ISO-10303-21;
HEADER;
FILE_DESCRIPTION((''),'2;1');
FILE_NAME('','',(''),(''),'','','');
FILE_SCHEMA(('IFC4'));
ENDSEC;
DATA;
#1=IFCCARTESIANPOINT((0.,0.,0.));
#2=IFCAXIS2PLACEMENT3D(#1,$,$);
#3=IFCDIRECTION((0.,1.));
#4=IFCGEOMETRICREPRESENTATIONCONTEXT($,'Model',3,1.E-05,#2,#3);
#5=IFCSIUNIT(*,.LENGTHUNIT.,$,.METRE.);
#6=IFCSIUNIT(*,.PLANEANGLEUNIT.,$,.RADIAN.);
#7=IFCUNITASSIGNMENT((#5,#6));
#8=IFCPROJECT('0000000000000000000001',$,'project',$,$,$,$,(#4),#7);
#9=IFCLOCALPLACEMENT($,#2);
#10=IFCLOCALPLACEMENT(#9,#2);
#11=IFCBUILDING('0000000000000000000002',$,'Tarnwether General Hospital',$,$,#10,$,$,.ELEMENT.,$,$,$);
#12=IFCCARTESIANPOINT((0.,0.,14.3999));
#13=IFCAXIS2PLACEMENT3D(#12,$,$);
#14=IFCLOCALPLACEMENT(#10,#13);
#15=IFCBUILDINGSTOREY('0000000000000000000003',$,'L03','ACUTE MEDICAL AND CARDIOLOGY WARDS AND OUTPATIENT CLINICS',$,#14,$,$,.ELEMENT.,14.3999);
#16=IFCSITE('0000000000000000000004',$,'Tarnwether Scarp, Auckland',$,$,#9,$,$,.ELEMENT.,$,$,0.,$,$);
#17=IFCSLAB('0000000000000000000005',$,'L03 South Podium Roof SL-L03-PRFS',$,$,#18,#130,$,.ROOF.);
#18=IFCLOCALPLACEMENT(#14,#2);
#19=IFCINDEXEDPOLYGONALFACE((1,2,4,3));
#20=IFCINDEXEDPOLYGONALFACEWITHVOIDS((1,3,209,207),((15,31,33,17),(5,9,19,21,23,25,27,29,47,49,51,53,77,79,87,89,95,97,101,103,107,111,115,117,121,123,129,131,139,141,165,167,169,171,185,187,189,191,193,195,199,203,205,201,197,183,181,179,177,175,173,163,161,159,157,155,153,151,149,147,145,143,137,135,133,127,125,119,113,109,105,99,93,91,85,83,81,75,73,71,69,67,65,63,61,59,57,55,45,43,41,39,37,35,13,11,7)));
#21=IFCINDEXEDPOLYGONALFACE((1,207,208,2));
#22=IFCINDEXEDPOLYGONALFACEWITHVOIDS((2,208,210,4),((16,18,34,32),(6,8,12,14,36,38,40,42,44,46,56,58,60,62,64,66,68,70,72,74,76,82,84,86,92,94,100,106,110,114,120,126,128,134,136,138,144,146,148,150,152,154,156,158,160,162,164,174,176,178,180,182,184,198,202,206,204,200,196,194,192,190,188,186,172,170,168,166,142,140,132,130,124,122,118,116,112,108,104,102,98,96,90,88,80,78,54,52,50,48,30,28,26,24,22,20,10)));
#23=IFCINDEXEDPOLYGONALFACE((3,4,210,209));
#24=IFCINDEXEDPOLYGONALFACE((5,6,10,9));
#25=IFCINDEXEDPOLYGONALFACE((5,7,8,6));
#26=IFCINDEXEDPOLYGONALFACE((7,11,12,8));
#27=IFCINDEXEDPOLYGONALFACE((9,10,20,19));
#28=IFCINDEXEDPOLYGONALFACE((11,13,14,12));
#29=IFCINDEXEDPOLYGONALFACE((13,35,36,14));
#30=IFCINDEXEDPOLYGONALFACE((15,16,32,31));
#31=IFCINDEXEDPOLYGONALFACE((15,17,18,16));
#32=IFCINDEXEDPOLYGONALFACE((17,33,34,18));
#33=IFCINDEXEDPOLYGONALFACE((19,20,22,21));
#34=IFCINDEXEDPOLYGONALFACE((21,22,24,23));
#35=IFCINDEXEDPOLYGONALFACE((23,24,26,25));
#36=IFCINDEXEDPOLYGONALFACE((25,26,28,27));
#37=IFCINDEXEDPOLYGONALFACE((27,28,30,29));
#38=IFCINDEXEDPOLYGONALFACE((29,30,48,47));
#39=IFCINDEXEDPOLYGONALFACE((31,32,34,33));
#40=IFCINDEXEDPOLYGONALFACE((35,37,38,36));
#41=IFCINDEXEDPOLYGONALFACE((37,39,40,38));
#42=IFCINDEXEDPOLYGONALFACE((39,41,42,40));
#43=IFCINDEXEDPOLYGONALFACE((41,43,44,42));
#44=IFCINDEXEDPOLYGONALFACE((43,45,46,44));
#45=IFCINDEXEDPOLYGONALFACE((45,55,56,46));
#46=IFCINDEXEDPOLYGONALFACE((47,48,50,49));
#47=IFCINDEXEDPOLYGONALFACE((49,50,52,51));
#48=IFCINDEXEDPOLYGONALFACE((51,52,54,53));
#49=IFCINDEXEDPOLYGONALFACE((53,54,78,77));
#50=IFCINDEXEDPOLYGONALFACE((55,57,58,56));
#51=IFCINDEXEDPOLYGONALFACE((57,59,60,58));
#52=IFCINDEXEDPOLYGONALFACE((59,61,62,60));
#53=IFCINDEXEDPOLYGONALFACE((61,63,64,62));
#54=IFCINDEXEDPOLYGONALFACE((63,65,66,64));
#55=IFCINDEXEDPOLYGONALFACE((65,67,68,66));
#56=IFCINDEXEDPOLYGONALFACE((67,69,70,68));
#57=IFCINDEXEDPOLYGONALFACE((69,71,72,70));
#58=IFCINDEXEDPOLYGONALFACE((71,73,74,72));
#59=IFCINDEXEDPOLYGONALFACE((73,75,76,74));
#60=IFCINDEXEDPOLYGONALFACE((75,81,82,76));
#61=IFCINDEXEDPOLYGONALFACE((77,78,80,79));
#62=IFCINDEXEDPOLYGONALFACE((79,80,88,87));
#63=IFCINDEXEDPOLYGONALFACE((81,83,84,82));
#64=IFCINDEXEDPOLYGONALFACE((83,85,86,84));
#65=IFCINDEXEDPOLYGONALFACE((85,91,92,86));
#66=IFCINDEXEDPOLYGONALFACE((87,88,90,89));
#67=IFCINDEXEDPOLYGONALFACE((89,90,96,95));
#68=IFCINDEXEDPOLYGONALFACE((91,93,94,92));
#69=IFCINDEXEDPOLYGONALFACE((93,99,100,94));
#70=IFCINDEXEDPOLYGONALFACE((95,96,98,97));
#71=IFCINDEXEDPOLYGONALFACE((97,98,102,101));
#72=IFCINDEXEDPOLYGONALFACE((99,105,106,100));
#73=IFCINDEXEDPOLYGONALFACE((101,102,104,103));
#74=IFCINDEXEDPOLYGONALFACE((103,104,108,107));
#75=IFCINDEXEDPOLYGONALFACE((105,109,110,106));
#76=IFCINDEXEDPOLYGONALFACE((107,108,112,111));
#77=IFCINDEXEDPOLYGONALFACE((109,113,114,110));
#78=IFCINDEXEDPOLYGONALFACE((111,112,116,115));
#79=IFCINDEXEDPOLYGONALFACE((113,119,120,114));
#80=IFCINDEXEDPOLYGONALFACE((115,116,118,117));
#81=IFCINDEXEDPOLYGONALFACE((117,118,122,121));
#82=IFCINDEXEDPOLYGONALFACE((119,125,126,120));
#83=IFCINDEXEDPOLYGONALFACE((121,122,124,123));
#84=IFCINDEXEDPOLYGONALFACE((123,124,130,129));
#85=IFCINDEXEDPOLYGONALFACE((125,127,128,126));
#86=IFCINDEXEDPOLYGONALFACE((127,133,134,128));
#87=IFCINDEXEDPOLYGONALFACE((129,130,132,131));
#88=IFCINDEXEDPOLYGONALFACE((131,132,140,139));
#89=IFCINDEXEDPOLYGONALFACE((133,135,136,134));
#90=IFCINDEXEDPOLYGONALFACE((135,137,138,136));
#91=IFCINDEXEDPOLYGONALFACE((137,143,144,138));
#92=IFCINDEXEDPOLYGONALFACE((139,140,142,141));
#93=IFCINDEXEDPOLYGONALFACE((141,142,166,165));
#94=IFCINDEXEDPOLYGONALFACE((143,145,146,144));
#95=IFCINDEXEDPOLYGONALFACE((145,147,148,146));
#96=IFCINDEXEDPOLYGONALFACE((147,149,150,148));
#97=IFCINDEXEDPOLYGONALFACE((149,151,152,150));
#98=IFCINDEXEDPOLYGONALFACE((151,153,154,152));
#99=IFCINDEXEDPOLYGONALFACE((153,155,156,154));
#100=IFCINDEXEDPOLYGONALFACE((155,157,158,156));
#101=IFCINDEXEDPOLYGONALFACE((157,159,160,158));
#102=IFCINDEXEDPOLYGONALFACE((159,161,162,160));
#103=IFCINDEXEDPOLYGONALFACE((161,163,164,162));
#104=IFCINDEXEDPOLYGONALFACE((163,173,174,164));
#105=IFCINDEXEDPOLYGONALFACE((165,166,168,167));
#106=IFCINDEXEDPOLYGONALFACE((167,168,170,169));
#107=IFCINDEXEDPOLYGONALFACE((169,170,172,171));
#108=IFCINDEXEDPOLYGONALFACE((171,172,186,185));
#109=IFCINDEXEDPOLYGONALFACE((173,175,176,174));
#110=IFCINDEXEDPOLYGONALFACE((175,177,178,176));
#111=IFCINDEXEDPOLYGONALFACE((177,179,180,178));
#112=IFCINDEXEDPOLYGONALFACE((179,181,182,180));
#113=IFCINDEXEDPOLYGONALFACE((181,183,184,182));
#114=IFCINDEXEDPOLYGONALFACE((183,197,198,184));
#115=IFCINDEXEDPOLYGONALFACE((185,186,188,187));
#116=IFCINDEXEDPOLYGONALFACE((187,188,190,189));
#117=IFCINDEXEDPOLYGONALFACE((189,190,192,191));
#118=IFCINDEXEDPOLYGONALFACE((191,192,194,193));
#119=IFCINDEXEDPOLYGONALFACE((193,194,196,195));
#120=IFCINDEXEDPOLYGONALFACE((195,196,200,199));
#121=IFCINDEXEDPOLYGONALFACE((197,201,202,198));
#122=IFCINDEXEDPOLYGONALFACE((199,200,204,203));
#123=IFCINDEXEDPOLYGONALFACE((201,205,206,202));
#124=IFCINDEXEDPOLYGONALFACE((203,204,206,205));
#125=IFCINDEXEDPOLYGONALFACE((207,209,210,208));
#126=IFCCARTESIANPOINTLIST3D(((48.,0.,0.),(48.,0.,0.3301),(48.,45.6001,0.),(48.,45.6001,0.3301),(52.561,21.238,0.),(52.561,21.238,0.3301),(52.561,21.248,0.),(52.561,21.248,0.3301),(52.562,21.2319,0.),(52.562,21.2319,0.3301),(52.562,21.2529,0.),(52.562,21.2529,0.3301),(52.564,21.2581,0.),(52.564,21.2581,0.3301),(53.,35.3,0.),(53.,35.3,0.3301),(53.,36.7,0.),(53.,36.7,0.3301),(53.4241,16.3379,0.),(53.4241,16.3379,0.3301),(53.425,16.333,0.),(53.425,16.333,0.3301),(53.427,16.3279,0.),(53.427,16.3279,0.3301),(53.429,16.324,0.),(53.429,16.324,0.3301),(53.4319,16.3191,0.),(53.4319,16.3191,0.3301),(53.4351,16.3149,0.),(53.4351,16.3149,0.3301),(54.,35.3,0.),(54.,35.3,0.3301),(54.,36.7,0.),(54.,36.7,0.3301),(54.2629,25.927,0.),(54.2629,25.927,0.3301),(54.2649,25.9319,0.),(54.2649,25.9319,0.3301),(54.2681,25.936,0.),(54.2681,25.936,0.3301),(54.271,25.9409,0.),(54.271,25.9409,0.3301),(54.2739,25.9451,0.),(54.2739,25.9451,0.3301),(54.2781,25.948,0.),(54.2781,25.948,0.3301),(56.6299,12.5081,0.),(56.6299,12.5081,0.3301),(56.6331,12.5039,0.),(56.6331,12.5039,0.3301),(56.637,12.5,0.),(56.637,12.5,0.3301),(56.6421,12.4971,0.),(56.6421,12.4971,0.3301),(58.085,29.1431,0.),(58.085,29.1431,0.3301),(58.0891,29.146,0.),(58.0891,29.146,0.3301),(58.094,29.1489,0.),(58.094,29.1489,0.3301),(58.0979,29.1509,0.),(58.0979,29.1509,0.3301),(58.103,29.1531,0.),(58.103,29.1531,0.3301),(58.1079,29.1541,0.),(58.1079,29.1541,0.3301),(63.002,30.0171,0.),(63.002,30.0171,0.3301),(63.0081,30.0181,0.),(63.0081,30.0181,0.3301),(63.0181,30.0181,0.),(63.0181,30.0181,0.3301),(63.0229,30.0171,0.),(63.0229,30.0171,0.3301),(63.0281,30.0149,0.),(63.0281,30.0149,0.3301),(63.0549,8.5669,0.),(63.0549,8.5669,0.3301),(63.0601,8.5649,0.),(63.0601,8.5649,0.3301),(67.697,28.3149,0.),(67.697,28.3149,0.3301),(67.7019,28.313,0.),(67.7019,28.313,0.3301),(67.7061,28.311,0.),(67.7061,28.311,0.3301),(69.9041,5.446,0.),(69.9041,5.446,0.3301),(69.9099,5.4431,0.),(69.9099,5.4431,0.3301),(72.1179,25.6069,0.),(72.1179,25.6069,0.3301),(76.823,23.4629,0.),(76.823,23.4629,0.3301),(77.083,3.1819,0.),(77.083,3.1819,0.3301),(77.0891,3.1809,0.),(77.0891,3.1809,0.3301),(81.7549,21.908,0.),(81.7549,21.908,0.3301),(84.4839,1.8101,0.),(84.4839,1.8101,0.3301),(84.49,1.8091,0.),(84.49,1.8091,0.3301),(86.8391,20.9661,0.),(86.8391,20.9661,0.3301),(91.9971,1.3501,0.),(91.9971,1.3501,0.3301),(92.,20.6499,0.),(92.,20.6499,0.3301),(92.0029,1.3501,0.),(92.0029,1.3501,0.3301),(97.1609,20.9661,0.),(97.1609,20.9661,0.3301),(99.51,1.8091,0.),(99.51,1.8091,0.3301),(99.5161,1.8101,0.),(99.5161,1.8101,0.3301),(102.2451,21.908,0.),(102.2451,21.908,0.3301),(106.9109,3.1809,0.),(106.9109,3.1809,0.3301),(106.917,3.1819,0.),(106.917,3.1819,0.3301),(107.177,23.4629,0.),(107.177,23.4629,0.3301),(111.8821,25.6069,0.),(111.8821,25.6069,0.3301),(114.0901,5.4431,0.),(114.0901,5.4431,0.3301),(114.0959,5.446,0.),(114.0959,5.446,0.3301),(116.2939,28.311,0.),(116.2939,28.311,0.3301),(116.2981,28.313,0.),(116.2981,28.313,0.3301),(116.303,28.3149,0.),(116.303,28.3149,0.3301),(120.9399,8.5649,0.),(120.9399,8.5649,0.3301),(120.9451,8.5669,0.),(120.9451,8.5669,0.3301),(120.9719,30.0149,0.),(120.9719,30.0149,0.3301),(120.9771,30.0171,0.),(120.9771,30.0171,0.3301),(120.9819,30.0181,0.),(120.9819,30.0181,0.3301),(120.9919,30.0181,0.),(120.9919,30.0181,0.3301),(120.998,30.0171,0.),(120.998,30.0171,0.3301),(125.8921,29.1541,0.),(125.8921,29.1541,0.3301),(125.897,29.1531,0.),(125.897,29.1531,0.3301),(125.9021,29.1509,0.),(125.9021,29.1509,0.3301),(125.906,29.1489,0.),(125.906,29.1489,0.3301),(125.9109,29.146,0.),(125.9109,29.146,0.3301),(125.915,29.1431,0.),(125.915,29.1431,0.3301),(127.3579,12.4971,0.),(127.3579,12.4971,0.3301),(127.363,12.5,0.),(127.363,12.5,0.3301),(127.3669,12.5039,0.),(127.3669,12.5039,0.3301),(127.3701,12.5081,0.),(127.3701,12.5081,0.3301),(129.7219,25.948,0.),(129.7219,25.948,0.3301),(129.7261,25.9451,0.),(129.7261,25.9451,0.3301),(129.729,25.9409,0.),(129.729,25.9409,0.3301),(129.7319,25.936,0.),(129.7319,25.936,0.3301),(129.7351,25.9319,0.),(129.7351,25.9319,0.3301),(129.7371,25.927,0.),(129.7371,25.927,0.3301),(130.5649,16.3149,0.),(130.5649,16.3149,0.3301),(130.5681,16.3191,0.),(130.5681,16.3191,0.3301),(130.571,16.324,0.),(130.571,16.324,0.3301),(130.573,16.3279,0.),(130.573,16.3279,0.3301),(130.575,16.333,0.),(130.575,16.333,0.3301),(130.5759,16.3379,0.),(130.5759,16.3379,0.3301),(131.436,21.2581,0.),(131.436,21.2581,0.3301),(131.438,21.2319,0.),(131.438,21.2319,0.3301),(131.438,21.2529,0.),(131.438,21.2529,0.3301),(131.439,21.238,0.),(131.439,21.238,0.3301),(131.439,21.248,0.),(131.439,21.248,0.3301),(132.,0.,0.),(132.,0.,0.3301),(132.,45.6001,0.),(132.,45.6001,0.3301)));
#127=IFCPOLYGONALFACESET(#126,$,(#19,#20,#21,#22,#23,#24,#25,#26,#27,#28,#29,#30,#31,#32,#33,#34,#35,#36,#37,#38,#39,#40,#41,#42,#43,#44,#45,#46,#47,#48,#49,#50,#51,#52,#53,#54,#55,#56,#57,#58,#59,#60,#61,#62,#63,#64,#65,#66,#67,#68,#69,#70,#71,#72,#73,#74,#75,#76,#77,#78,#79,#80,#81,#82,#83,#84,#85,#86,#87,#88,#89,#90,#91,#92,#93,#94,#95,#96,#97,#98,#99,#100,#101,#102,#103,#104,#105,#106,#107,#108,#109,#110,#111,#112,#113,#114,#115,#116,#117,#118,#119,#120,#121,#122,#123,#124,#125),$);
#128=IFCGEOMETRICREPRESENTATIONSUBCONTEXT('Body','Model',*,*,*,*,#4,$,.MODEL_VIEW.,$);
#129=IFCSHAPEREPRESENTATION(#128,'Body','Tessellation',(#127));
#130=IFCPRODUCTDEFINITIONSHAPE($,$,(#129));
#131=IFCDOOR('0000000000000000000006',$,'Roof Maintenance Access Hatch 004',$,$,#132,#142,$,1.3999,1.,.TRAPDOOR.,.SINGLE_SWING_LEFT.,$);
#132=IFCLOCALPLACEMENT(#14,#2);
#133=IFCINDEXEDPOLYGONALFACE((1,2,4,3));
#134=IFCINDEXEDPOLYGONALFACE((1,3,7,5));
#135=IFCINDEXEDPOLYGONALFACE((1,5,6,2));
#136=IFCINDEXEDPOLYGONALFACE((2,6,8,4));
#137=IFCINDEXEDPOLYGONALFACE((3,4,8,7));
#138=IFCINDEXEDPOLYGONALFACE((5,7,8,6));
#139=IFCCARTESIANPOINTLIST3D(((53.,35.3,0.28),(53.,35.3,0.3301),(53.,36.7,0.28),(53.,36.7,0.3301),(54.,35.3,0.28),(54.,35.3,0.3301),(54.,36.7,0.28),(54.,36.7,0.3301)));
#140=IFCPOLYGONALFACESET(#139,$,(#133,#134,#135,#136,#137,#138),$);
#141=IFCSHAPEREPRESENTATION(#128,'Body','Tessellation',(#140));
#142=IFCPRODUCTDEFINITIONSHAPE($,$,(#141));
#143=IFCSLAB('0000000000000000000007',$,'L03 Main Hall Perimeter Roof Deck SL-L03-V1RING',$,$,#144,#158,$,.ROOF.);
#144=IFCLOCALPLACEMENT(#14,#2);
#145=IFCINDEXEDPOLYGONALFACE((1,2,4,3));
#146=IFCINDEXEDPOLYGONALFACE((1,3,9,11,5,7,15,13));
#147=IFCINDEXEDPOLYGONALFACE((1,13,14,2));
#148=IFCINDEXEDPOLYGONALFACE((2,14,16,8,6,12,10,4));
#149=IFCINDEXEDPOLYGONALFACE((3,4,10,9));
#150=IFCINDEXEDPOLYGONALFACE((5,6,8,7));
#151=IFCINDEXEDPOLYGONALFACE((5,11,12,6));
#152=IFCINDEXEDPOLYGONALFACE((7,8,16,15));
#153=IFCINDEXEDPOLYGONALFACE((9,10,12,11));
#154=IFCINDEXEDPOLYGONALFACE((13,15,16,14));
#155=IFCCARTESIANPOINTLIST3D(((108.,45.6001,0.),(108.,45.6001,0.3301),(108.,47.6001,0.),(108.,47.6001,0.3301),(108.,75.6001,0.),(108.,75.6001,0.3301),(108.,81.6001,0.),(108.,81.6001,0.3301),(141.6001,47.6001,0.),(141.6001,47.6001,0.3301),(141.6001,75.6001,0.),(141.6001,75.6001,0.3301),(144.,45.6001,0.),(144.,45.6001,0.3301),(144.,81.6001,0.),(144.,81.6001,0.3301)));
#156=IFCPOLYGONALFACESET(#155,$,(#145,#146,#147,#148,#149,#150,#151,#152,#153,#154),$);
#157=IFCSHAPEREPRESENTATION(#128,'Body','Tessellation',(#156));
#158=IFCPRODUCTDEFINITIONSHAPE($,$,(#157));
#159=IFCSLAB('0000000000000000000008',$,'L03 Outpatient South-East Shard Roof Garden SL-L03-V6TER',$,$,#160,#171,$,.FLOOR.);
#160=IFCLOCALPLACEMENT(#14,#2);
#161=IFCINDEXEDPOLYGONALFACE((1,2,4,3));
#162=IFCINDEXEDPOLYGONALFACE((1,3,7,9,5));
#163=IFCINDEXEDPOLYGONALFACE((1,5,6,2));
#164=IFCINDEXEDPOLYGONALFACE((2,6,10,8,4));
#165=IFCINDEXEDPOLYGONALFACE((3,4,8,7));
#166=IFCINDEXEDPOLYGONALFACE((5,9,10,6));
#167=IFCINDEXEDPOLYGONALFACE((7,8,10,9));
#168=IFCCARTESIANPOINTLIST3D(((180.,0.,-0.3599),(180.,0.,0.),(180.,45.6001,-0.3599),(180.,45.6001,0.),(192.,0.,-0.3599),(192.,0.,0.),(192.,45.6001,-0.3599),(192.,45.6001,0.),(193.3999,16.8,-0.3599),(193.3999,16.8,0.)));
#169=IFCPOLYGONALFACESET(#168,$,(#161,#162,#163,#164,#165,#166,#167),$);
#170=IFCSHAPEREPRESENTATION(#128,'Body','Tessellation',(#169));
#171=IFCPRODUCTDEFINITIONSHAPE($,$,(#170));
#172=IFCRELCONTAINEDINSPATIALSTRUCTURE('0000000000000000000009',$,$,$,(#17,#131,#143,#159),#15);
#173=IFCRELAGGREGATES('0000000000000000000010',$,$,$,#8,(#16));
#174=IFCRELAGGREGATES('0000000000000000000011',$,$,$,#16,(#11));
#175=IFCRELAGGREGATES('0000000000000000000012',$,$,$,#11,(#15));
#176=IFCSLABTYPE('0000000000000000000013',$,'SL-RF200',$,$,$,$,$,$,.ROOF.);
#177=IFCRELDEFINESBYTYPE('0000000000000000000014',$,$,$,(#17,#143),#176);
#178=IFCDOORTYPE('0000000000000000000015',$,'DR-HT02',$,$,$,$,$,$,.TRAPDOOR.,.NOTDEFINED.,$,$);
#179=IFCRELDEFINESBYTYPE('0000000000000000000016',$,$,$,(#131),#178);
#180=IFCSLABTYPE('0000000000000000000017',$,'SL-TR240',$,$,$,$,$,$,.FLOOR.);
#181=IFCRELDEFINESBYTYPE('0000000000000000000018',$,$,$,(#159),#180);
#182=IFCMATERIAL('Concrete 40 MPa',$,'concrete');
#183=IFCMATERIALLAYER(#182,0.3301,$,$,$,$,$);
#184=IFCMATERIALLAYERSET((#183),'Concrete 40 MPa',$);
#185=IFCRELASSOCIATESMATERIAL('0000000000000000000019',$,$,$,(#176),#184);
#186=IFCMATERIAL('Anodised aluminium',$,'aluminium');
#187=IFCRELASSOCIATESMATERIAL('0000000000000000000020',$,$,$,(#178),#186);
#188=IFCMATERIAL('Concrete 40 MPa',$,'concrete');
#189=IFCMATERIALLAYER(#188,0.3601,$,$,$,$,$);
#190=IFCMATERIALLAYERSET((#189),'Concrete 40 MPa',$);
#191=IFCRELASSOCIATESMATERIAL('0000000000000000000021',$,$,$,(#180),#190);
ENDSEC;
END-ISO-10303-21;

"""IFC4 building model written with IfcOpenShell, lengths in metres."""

from ifc_helpers import new_model, si_unit, direction, frame, origin, origin_2d, place, context, subcontext, project, spatial, polyline, rectangle, outline, extrude, material, layer, layer_set, type_object, element, fill, save


model = new_model("IFC4")

# Units and contexts
model_context = context("Model", 3, precision=1e-05, world=origin(), true_north=direction((0.0, 1.0)))
body_context = subcontext(model_context, "Body", "Model", "MODEL_VIEW")
ifc_project = project(units=[si_unit("LENGTHUNIT", "METRE"), si_unit("PLANEANGLEUNIT", "RADIAN")], contexts=[model_context])

# Site, building, storey
site_placement = place(None, origin())
site = spatial("IfcSite", under=ifc_project, at=site_placement, Name="Tarnwether Scarp, Auckland", CompositionType="ELEMENT", RefElevation=0.0)
building_placement = place(site_placement, origin())
building = spatial("IfcBuilding", under=site, at=building_placement, Name="Tarnwether General Hospital", CompositionType="ELEMENT")
storey_placement = place(building_placement, frame((0.0, 0.0, 14.3999)))
storey = spatial("IfcBuildingStorey", under=building, at=storey_placement, Name="L03", Description="ACUTE MEDICAL AND CARDIOLOGY WARDS AND OUTPATIENT CLINICS", CompositionType="ELEMENT", Elevation=14.3999)

# Slab, opening, door
ifc_material_1 = material(Name="Concrete 40 MPa", Category="concrete")
ifc_layer_1 = layer(ifc_material_1, 0.3301)
ifc_layer_set_1 = layer_set([ifc_layer_1], Name="Concrete 40 MPa")
slab_type_1 = type_object("IfcSlabType", Name="SL-RF200", PredefinedType="ROOF", material=ifc_layer_set_1)
ifc_material_2 = material(Name="Anodised aluminium", Category="aluminium")
door_type = type_object("IfcDoorType", Name="DR-HT02", OperationType="NOTDEFINED", PredefinedType="TRAPDOOR", material=ifc_material_2)
slab_1_placement = place(storey_placement, origin())
slab_1 = element("IfcSlab", 1, at=slab_1_placement, inside=storey, type_object=slab_type_1, Name="L03 South Podium Roof SL-L03-PRFS", PredefinedType="ROOF", context=body_context, shape_type="SweptSolid", body=[
    extrude(outline(polyline([(48.0, 0.0), (48.0, 45.6001), (132.0, 45.6001), (132.0, 0.0), (48.0, 0.0)]), holes=[polyline([(56.6331, 12.5039), (56.637, 12.5), (56.6421, 12.4971), (63.0549, 8.5669), (63.0601, 8.5649), (69.9041, 5.446), (69.9099, 5.4431), (77.083, 3.1819), (77.0891, 3.1809), (84.4839, 1.8101), (84.49, 1.8091), (91.9971, 1.3501), (92.0029, 1.3501), (99.51, 1.8091), (99.5161, 1.8101), (106.9109, 3.1809), (106.917, 3.1819), (114.0901, 5.4431), (114.0959, 5.446), (120.9399, 8.5649), (120.9451, 8.5669), (127.3579, 12.4971), (127.363, 12.5), (127.3669, 12.5039), (127.3701, 12.5081), (130.5649, 16.3149), (130.5681, 16.3191), (130.571, 16.324), (130.573, 16.3279), (130.575, 16.333), (130.5759, 16.3379), (131.438, 21.2319), (131.439, 21.238), (131.439, 21.2429), (131.439, 21.248), (131.438, 21.2529), (131.436, 21.2581), (129.7371, 25.927), (129.7351, 25.9319), (129.7319, 25.936), (129.729, 25.9409), (129.7261, 25.9451), (129.7219, 25.948), (125.915, 29.1431), (125.9109, 29.146), (125.906, 29.1489), (125.9021, 29.1509), (125.897, 29.1531), (125.8921, 29.1541), (120.998, 30.0171), (120.9919, 30.0181), (120.9871, 30.0181), (120.9819, 30.0181), (120.9771, 30.0171), (120.9719, 30.0149), (116.303, 28.3149), (116.2981, 28.313), (116.2939, 28.311), (111.8821, 25.6069), (107.177, 23.4629), (102.2451, 21.908), (97.1609, 20.9661), (92.0, 20.6499), (86.8391, 20.9661), (81.7549, 21.908), (76.823, 23.4629), (72.1179, 25.6069), (67.7061, 28.311), (67.7019, 28.313), (67.697, 28.3149), (63.0281, 30.0149), (63.0229, 30.0171), (63.0181, 30.0181), (63.0129, 30.0181), (63.0081, 30.0181), (63.002, 30.0171), (58.1079, 29.1541), (58.103, 29.1531), (58.0979, 29.1509), (58.094, 29.1489), (58.0891, 29.146), (58.085, 29.1431), (54.2781, 25.948), (54.2739, 25.9451), (54.271, 25.9409), (54.2681, 25.936), (54.2649, 25.9319), (54.2629, 25.927), (52.564, 21.2581), (52.562, 21.2529), (52.561, 21.248), (52.561, 21.2429), (52.561, 21.238), (52.562, 21.2319), (53.4241, 16.3379), (53.425, 16.333), (53.427, 16.3279), (53.429, 16.324), (53.4319, 16.3191), (53.4351, 16.3149), (56.6299, 12.5081), (56.6331, 12.5039)])]), origin(), (0.0, 0.0, 1.0), 0.3301),
])
opening_1_placement = place(slab_1_placement, frame((53.5, 36.0, 0.0)))
opening_1 = element("IfcOpeningElement", 2, at=opening_1_placement, cuts=slab_1, PredefinedType="OPENING", context=body_context, shape_type="SweptSolid", body=[
    extrude(rectangle(XDim=1.0, YDim=1.3999, at=origin_2d()), origin(), (0.0, 0.0, 1.0), 0.3301),
])
door_1_placement = place(opening_1_placement, frame((0.0, 0.0, 0.28)))
door_1 = element("IfcDoor", 3, at=door_1_placement, inside=storey, type_object=door_type, Name="Roof Maintenance Access Hatch 004", OperationType="SINGLE_SWING_LEFT", OverallHeight=1.3999, OverallWidth=1.0, PredefinedType="TRAPDOOR", context=body_context, shape_type="SweptSolid", body=[
    extrude(rectangle(XDim=1.0, YDim=1.3999, at=origin_2d()), origin(), (0.0, 0.0, 1.0), 0.05),
])
fill(opening_1, door_1)

# Slabs
slab_2_placement = place(storey_placement, origin())
element("IfcSlab", 4, at=slab_2_placement, inside=storey, type_object=slab_type_1, Name="L03 Main Hall Perimeter Roof Deck SL-L03-V1RING", PredefinedType="ROOF", context=body_context, shape_type="SweptSolid", body=[
    extrude(outline(polyline([(108.0, 81.6001), (144.0, 81.6001), (144.0, 45.6001), (108.0, 45.6001), (108.0, 47.6001), (141.6001, 47.6001), (141.6001, 75.6001), (108.0, 75.6001), (108.0, 81.6001)])), origin(), (0.0, 0.0, 1.0), 0.3301),
])
ifc_material_3 = material(Name="Concrete 40 MPa", Category="concrete")
ifc_layer_2 = layer(ifc_material_3, 0.3601)
ifc_layer_set_2 = layer_set([ifc_layer_2], Name="Concrete 40 MPa")
slab_type_2 = type_object("IfcSlabType", Name="SL-TR240", PredefinedType="FLOOR", material=ifc_layer_set_2)
slab_3_placement = place(storey_placement, frame((0.0, 0.0, -0.3599)))
element("IfcSlab", 5, at=slab_3_placement, inside=storey, type_object=slab_type_2, Name="L03 Outpatient South-East Shard Roof Garden SL-L03-V6TER", PredefinedType="FLOOR", context=body_context, shape_type="SweptSolid", body=[
    extrude(outline(polyline([(192.0, 45.6001), (193.3999, 16.8), (192.0, 0.0), (180.0, 0.0), (180.0, 45.6001), (192.0, 45.6001)])), origin(), (0.0, 0.0, 1.0), 0.3599),
])

save(model, "model.ifc")
